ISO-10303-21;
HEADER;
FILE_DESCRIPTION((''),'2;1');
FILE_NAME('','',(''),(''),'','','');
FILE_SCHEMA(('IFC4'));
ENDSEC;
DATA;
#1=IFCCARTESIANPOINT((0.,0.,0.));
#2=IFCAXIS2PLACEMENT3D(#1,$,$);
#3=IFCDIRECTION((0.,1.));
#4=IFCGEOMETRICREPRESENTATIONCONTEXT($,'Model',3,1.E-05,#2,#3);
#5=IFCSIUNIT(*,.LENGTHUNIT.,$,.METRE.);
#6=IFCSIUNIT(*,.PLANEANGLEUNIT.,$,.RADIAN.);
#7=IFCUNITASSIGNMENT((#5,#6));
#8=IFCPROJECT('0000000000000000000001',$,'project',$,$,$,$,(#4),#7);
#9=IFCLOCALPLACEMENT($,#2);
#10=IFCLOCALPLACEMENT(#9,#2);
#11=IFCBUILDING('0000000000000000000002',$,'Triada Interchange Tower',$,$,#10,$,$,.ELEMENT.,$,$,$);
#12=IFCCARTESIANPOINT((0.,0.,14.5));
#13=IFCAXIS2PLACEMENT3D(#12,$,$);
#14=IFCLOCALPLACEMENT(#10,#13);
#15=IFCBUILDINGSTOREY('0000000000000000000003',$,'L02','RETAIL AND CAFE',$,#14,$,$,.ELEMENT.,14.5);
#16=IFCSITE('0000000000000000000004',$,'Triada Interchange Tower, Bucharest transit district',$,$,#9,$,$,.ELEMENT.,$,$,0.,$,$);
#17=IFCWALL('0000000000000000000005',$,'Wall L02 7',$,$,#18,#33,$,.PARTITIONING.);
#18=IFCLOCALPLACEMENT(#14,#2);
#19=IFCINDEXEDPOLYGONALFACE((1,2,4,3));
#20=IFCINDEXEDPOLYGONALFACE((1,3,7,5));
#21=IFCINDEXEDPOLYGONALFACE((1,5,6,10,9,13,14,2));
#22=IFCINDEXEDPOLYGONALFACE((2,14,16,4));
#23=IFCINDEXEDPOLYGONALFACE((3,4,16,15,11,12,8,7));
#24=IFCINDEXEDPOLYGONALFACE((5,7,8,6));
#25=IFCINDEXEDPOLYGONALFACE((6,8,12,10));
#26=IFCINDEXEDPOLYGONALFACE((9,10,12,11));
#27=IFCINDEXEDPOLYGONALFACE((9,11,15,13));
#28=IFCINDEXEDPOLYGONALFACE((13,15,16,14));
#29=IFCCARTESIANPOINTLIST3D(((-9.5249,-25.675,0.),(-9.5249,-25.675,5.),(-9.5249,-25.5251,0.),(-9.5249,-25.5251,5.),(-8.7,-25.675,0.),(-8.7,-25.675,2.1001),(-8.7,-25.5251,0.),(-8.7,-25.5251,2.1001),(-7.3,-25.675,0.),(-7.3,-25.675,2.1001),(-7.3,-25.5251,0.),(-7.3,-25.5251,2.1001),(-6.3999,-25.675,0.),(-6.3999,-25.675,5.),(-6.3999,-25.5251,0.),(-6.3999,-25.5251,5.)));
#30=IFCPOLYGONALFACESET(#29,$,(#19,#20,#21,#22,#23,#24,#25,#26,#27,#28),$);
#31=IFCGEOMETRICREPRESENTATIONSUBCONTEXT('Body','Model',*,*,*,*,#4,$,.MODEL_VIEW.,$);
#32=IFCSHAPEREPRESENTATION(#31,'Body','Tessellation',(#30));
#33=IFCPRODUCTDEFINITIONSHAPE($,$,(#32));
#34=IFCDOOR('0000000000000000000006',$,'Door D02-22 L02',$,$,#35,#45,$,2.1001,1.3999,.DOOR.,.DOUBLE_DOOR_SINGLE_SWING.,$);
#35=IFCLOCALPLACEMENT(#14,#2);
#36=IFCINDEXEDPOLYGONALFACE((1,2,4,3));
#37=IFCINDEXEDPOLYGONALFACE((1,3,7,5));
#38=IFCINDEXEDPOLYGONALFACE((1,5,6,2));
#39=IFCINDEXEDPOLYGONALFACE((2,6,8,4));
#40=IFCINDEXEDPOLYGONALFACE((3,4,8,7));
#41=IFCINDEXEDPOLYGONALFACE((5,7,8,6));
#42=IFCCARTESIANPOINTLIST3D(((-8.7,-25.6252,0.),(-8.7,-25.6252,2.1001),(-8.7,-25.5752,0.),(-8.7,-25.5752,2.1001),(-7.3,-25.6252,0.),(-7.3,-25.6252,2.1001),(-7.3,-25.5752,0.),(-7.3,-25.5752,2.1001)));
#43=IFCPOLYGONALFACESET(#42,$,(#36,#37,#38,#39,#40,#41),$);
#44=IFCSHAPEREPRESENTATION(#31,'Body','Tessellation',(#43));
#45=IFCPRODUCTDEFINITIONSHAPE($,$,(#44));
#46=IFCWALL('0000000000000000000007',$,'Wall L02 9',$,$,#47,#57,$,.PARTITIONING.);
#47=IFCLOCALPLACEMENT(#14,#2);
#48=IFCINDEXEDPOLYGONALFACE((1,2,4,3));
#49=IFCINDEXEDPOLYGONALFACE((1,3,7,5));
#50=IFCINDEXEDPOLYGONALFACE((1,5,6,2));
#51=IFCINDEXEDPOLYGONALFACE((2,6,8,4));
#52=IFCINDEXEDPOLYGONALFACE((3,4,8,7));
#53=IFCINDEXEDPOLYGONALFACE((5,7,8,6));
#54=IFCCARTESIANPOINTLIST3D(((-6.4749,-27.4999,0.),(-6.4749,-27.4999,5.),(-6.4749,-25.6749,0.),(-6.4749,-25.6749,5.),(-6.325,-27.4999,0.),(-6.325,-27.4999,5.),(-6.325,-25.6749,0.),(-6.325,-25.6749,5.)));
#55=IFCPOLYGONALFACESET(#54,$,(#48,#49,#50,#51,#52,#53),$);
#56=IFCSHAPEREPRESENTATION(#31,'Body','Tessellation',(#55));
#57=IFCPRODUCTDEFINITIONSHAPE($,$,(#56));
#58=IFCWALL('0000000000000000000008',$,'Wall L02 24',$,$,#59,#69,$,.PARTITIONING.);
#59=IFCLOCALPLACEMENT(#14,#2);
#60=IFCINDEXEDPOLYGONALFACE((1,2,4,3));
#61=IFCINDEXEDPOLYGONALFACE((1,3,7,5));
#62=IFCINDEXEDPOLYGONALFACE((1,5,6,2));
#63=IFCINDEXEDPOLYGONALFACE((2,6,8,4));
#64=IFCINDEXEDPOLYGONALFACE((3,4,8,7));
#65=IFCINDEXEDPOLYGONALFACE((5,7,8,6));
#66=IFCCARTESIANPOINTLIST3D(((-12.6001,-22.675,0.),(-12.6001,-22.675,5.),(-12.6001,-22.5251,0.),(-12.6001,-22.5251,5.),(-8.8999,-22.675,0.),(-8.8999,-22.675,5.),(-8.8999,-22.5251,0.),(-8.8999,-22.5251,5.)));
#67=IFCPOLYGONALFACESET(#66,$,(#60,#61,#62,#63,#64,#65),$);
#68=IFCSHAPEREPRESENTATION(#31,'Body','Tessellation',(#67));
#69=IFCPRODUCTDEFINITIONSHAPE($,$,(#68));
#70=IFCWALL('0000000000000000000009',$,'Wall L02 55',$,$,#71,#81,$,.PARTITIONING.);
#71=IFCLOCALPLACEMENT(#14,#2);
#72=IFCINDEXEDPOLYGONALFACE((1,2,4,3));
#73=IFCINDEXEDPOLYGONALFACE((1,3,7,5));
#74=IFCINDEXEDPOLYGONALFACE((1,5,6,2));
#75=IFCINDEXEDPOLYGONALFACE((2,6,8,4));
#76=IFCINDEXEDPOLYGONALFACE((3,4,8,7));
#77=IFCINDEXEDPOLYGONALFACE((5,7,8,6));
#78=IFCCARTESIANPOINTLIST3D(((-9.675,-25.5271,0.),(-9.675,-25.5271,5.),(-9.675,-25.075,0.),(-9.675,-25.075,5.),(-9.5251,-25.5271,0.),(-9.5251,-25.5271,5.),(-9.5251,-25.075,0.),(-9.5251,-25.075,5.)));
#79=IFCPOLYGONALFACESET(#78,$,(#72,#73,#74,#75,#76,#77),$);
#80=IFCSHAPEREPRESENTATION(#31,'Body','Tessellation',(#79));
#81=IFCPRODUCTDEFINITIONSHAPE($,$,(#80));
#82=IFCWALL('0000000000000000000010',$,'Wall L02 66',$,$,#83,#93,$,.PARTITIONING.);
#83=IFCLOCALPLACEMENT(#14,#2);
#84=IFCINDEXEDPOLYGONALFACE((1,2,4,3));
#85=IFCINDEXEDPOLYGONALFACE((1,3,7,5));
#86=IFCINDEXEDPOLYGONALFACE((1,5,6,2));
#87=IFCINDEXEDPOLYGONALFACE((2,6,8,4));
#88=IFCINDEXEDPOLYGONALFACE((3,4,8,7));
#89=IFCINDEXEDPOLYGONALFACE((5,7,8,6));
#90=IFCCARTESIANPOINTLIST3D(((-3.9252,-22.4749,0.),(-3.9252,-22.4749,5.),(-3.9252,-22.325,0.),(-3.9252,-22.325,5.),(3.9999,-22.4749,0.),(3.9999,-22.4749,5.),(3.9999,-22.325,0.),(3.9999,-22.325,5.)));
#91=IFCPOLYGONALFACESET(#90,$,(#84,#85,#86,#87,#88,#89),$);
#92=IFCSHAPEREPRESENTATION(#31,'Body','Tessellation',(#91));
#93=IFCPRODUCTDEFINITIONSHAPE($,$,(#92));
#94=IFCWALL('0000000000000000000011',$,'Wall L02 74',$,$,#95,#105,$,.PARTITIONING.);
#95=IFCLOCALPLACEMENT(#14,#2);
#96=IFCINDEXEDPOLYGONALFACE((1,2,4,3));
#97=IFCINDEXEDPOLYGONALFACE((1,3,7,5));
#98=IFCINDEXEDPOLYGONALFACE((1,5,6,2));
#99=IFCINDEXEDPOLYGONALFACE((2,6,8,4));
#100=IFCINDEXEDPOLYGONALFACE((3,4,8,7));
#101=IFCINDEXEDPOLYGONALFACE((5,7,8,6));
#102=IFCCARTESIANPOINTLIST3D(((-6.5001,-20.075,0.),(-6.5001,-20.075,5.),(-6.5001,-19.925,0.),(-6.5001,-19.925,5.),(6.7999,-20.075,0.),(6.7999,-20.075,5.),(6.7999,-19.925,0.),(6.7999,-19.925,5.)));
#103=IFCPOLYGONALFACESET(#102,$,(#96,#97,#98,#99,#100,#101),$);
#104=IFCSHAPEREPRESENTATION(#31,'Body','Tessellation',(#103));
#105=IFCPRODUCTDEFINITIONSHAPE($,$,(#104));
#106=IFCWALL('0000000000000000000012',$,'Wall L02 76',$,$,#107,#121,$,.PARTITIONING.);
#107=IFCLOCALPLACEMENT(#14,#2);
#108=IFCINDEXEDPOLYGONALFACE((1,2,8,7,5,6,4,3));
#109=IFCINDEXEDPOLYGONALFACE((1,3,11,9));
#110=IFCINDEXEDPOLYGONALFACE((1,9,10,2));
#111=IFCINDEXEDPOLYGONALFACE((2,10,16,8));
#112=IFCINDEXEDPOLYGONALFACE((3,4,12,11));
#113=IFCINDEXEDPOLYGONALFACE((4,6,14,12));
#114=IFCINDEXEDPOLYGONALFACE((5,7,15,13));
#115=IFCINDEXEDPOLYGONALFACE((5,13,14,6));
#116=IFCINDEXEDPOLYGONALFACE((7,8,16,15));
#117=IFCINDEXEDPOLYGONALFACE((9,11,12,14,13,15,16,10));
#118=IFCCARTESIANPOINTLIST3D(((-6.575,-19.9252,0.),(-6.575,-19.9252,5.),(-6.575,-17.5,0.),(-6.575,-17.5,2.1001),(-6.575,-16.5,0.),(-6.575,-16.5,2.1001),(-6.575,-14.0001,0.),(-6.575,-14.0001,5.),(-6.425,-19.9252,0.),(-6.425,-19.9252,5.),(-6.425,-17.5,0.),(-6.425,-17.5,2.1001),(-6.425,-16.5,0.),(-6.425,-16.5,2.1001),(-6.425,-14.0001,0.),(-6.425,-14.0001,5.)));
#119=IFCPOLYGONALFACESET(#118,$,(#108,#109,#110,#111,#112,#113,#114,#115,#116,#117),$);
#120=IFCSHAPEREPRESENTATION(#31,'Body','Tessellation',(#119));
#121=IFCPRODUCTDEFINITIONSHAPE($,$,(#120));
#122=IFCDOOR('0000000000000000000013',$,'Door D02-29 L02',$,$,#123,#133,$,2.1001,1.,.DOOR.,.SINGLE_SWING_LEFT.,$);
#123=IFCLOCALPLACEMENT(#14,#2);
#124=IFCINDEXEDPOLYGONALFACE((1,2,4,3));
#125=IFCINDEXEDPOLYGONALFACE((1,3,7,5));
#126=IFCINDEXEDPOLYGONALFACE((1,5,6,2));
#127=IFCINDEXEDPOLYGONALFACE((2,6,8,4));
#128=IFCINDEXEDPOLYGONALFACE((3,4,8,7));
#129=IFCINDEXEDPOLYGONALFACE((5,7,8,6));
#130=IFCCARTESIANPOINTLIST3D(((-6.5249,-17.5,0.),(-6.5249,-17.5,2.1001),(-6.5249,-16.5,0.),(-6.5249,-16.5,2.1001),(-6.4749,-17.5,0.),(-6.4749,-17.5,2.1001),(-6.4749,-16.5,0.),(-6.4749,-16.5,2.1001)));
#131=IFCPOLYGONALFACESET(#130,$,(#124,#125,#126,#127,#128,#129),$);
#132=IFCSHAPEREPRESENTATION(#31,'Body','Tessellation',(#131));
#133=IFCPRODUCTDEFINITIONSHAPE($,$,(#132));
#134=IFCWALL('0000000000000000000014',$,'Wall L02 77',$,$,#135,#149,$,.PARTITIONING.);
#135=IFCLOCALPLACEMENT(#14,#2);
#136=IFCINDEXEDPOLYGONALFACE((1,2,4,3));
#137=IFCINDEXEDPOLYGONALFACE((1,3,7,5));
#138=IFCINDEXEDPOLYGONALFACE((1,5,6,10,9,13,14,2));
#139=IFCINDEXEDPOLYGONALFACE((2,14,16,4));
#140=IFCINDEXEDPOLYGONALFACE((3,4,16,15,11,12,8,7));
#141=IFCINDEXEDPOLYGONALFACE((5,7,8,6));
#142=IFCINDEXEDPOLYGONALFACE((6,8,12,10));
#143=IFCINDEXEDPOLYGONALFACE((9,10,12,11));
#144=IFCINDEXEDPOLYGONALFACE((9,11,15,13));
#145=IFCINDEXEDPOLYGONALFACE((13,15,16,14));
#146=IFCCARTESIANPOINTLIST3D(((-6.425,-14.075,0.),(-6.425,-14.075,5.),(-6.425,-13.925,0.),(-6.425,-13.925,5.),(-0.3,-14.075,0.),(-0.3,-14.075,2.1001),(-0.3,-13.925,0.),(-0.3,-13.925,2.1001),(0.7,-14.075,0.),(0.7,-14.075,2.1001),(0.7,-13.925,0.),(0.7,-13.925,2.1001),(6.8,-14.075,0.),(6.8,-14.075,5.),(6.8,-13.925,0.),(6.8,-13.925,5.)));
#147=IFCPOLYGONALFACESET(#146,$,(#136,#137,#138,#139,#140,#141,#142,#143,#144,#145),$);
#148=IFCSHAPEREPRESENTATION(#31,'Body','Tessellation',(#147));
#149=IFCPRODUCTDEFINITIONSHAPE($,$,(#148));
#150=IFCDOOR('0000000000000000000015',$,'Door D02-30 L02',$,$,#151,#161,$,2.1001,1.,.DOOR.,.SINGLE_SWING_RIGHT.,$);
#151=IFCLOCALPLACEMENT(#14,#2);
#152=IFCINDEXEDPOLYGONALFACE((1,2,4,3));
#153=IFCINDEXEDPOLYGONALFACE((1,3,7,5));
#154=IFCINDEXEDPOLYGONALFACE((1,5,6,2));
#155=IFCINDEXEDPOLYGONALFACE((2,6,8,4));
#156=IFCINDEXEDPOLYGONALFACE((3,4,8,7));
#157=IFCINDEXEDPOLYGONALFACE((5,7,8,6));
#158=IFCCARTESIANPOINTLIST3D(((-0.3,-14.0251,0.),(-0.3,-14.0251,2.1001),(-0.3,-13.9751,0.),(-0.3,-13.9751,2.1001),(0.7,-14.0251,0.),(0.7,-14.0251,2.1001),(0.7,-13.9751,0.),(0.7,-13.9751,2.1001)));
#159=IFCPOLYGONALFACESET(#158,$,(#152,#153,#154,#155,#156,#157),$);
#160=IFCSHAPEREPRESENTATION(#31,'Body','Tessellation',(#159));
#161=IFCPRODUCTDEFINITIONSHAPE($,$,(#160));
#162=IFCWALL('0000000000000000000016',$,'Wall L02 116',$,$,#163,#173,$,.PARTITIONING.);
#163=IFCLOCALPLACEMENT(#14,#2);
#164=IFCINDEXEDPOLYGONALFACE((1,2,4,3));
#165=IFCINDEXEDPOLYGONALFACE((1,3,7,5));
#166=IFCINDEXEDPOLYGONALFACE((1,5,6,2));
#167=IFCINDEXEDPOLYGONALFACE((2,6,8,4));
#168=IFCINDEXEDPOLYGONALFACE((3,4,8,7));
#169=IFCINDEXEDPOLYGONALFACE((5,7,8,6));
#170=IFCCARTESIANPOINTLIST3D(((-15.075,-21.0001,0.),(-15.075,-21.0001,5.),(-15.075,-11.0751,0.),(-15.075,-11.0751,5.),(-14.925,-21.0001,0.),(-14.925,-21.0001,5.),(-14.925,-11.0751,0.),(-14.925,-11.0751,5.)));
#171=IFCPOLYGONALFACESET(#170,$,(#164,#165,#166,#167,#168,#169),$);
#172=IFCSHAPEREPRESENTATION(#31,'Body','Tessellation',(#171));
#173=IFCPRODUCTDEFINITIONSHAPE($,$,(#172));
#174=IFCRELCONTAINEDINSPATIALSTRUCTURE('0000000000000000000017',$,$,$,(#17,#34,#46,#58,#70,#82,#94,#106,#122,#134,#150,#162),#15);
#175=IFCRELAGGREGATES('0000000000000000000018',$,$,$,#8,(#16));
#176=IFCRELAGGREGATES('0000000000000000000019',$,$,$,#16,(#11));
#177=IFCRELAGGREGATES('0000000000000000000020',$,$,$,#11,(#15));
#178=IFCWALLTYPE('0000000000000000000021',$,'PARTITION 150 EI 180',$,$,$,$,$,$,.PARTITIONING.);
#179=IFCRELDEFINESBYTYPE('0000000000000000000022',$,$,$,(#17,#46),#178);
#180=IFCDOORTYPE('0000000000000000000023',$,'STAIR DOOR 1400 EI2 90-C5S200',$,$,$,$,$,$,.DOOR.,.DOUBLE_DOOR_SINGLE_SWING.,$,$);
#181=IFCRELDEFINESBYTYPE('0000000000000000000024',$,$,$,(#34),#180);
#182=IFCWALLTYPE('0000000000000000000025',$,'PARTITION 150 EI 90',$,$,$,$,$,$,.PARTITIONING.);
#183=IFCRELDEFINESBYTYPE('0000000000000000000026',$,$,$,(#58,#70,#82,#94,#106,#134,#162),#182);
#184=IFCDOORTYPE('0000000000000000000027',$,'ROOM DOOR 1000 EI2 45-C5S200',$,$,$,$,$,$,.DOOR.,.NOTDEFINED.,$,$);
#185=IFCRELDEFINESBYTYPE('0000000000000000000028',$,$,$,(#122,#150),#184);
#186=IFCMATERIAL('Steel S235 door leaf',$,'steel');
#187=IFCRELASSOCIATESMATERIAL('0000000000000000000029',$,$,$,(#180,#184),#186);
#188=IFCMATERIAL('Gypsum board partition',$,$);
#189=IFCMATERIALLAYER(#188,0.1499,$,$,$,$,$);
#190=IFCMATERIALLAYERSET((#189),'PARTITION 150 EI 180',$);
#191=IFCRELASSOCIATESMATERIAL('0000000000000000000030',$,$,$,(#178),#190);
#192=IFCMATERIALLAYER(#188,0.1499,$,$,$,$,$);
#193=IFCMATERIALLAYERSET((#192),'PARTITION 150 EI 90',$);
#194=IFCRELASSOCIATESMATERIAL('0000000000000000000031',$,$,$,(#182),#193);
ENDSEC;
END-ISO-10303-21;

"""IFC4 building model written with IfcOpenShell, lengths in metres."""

from ifc_helpers import new_model, si_unit, direction, frame, frame_2d, origin, place, context, subcontext, project, spatial, rectangle, extrude, material, layer, layer_set, type_object, element, fill, save


model = new_model("IFC4")

# Units and contexts
model_context = context("Model", 3, precision=1e-05, world=origin(), true_north=direction((0.0, 1.0)))
body_context = subcontext(model_context, "Body", "Model", "MODEL_VIEW")
ifc_project = project(units=[si_unit("LENGTHUNIT", "METRE"), si_unit("PLANEANGLEUNIT", "RADIAN")], contexts=[model_context])

# Site, building, storey
site_placement = place(None, origin())
site = spatial("IfcSite", under=ifc_project, at=site_placement, Name="Triada Interchange Tower, Bucharest transit district", CompositionType="ELEMENT", RefElevation=0.0)
building_placement = place(site_placement, origin())
building = spatial("IfcBuilding", under=site, at=building_placement, Name="Triada Interchange Tower", CompositionType="ELEMENT")
storey_placement = place(building_placement, frame((0.0, 0.0, 14.5)))
storey = spatial("IfcBuildingStorey", under=building, at=storey_placement, Name="L02", Description="RETAIL AND CAFE", CompositionType="ELEMENT", Elevation=14.5)

# Shared definitions
ifc_material_1 = material(Name="Steel S235 door leaf", Category="steel")
door_type_1 = type_object("IfcDoorType", Name="STAIR DOOR 1400 EI2 90-C5S200", OperationType="DOUBLE_DOOR_SINGLE_SWING", PredefinedType="DOOR", material=ifc_material_1)

# Shared definitions
ifc_material_2 = material(Name="Gypsum board partition")
ifc_layer_1 = layer(ifc_material_2, 0.1499)
ifc_layer_set_1 = layer_set([ifc_layer_1], Name="PARTITION 150 EI 180")
wall_type_1 = type_object("IfcWallType", Name="PARTITION 150 EI 180", PredefinedType="PARTITIONING", material=ifc_layer_set_1)

# Wall, opening, door
wall_1_placement = place(storey_placement, frame((-9.5249, -25.6001, 0.0), z_axis=(0.0, 0.0, 1.0), x_axis=(1.0, 0.0, 0.0)))
wall_1 = element("IfcWall", 1, at=wall_1_placement, inside=storey, type_object=wall_type_1, Name="Wall L02 7", PredefinedType="PARTITIONING", context=body_context, shape_type="SweptSolid", body=[
    extrude(rectangle(XDim=3.125, YDim=0.1499, at=frame_2d((1.5625, 0.0))), origin(), (0.0, 0.0, 1.0), 5.0),
])
opening_1_placement = place(wall_1_placement, frame((0.825, 0.0, 0.0)))
opening_1 = element("IfcOpeningElement", 2, at=opening_1_placement, cuts=wall_1, PredefinedType="OPENING", context=body_context, shape_type="SweptSolid", body=[
    extrude(rectangle(XDim=1.3999, YDim=2.1001, at=frame_2d((0.7, 1.05))), frame((0.0, 0.085, 0.0), z_axis=(0.0, -1.0, 0.0), x_axis=(1.0, 0.0, 0.0)), (0.0, 0.0, 1.0), 0.1699),
])
door_1_placement = place(opening_1_placement, origin())
door_1 = element("IfcDoor", 3, at=door_1_placement, inside=storey, type_object=door_type_1, Name="Door D02-22 L02", OperationType="DOUBLE_DOOR_SINGLE_SWING", OverallHeight=2.1001, OverallWidth=1.3999, PredefinedType="DOOR", context=body_context, shape_type="SweptSolid", body=[
    extrude(rectangle(XDim=1.3999, YDim=2.1001, at=frame_2d((0.7, 1.05))), frame((0.0, 0.0249, 0.0), z_axis=(0.0, -1.0, 0.0), x_axis=(1.0, 0.0, 0.0)), (0.0, 0.0, 1.0), 0.05),
])
fill(opening_1, door_1)

# Walls
wall_2_placement = place(storey_placement, frame((-6.3999, -27.5, 0.0), z_axis=(0.0, 0.0, 1.0), x_axis=(0.0, 1.0, 0.0)))
element("IfcWall", 4, at=wall_2_placement, inside=storey, type_object=wall_type_1, Name="Wall L02 9", PredefinedType="PARTITIONING", context=body_context, shape_type="SweptSolid", body=[
    extrude(rectangle(XDim=1.825, YDim=0.1499, at=frame_2d((0.9126, 0.0))), origin(), (0.0, 0.0, 1.0), 5.0),
])
ifc_layer_2 = layer(ifc_material_2, 0.1499)
ifc_layer_set_2 = layer_set([ifc_layer_2], Name="PARTITION 150 EI 90")
wall_type_2 = type_object("IfcWallType", Name="PARTITION 150 EI 90", PredefinedType="PARTITIONING", material=ifc_layer_set_2)
wall_3_placement = place(storey_placement, frame((-12.6001, -22.6001, 0.0), z_axis=(0.0, 0.0, 1.0), x_axis=(1.0, 0.0, 0.0)))
element("IfcWall", 5, at=wall_3_placement, inside=storey, type_object=wall_type_2, Name="Wall L02 24", PredefinedType="PARTITIONING", context=body_context, shape_type="SweptSolid", body=[
    extrude(rectangle(XDim=3.7002, YDim=0.1499, at=frame_2d((1.8501, 0.0))), origin(), (0.0, 0.0, 1.0), 5.0),
])
wall_4_placement = place(storey_placement, frame((-9.6001, -25.5271, 0.0), z_axis=(0.0, 0.0, 1.0), x_axis=(0.0, 1.0, 0.0)))
element("IfcWall", 6, at=wall_4_placement, inside=storey, type_object=wall_type_2, Name="Wall L02 55", PredefinedType="PARTITIONING", context=body_context, shape_type="SweptSolid", body=[
    extrude(rectangle(XDim=0.4521, YDim=0.1499, at=frame_2d((0.2261, 0.0))), origin(), (0.0, 0.0, 1.0), 5.0),
])
wall_5_placement = place(storey_placement, frame((-3.925, -22.3999, 0.0), z_axis=(0.0, 0.0, 1.0), x_axis=(1.0, 0.0, 0.0)))
element("IfcWall", 7, at=wall_5_placement, inside=storey, type_object=wall_type_2, Name="Wall L02 66", PredefinedType="PARTITIONING", context=body_context, shape_type="SweptSolid", body=[
    extrude(rectangle(XDim=7.925, YDim=0.1499, at=frame_2d((3.9624, 0.0))), origin(), (0.0, 0.0, 1.0), 5.0),
])
wall_6_placement = place(storey_placement, frame((-6.5, -20.0, 0.0), z_axis=(0.0, 0.0, 1.0), x_axis=(1.0, 0.0, 0.0)))
element("IfcWall", 8, at=wall_6_placement, inside=storey, type_object=wall_type_2, Name="Wall L02 74", PredefinedType="PARTITIONING", context=body_context, shape_type="SweptSolid", body=[
    extrude(rectangle(XDim=13.3, YDim=0.1499, at=frame_2d((6.6499, 0.0))), origin(), (0.0, 0.0, 1.0), 5.0),
])

# Walls, openings, doors
wall_7_placement = place(storey_placement, frame((-6.5, -19.925, 0.0), z_axis=(0.0, 0.0, 1.0), x_axis=(0.0, 1.0, 0.0)))
wall_7 = element("IfcWall", 9, at=wall_7_placement, inside=storey, type_object=wall_type_2, Name="Wall L02 76", PredefinedType="PARTITIONING", context=body_context, shape_type="SweptSolid", body=[
    extrude(rectangle(XDim=5.925, YDim=0.1499, at=frame_2d((2.9624, 0.0))), origin(), (0.0, 0.0, 1.0), 5.0),
])
opening_2_placement = place(wall_7_placement, frame((2.425, 0.0, 0.0)))
opening_2 = element("IfcOpeningElement", 10, at=opening_2_placement, cuts=wall_7, PredefinedType="OPENING", context=body_context, shape_type="SweptSolid", body=[
    extrude(rectangle(XDim=1.0, YDim=2.1001, at=frame_2d((0.5, 1.05))), frame((0.0, 0.085, 0.0), z_axis=(0.0, -1.0, 0.0), x_axis=(1.0, 0.0, 0.0)), (0.0, 0.0, 1.0), 0.1699),
])
door_type_2 = type_object("IfcDoorType", Name="ROOM DOOR 1000 EI2 45-C5S200", OperationType="NOTDEFINED", PredefinedType="DOOR", material=ifc_material_1)
door_2_placement = place(opening_2_placement, origin())
door_2 = element("IfcDoor", 11, at=door_2_placement, inside=storey, type_object=door_type_2, Name="Door D02-29 L02", OperationType="SINGLE_SWING_LEFT", OverallHeight=2.1001, OverallWidth=1.0, PredefinedType="DOOR", context=body_context, shape_type="SweptSolid", body=[
    extrude(rectangle(XDim=1.0, YDim=2.1001, at=frame_2d((0.5, 1.05))), frame((0.0, 0.0249, 0.0), z_axis=(0.0, -1.0, 0.0), x_axis=(1.0, 0.0, 0.0)), (0.0, 0.0, 1.0), 0.05),
])
fill(opening_2, door_2)
wall_8_placement = place(storey_placement, frame((-6.425, -14.0, 0.0), z_axis=(0.0, 0.0, 1.0), x_axis=(1.0, 0.0, 0.0)))
wall_8 = element("IfcWall", 12, at=wall_8_placement, inside=storey, type_object=wall_type_2, Name="Wall L02 77", PredefinedType="PARTITIONING", context=body_context, shape_type="SweptSolid", body=[
    extrude(rectangle(XDim=13.2251, YDim=0.1499, at=frame_2d((6.6125, 0.0))), origin(), (0.0, 0.0, 1.0), 5.0),
])
opening_3_placement = place(wall_8_placement, frame((6.125, 0.0, 0.0)))
opening_3 = element("IfcOpeningElement", 13, at=opening_3_placement, cuts=wall_8, PredefinedType="OPENING", context=body_context, shape_type="SweptSolid", body=[
    extrude(rectangle(XDim=1.0, YDim=2.1001, at=frame_2d((0.5, 1.05))), frame((0.0, 0.085, 0.0), z_axis=(0.0, -1.0, 0.0), x_axis=(1.0, 0.0, 0.0)), (0.0, 0.0, 1.0), 0.1699),
])
door_3_placement = place(opening_3_placement, origin())
door_3 = element("IfcDoor", 14, at=door_3_placement, inside=storey, type_object=door_type_2, Name="Door D02-30 L02", OperationType="SINGLE_SWING_RIGHT", OverallHeight=2.1001, OverallWidth=1.0, PredefinedType="DOOR", context=body_context, shape_type="SweptSolid", body=[
    extrude(rectangle(XDim=1.0, YDim=2.1001, at=frame_2d((0.5, 1.05))), frame((0.0, 0.0249, 0.0), z_axis=(0.0, -1.0, 0.0), x_axis=(1.0, 0.0, 0.0)), (0.0, 0.0, 1.0), 0.05),
])
fill(opening_3, door_3)

# Wall
wall_9_placement = place(storey_placement, frame((-15.0, -21.0, 0.0), z_axis=(0.0, 0.0, 1.0), x_axis=(0.0, 1.0, 0.0)))
element("IfcWall", 15, at=wall_9_placement, inside=storey, type_object=wall_type_2, Name="Wall L02 116", PredefinedType="PARTITIONING", context=body_context, shape_type="SweptSolid", body=[
    extrude(rectangle(XDim=9.925, YDim=0.1499, at=frame_2d((4.9624, 0.0))), origin(), (0.0, 0.0, 1.0), 5.0),
])

save(model, "model.ifc")
